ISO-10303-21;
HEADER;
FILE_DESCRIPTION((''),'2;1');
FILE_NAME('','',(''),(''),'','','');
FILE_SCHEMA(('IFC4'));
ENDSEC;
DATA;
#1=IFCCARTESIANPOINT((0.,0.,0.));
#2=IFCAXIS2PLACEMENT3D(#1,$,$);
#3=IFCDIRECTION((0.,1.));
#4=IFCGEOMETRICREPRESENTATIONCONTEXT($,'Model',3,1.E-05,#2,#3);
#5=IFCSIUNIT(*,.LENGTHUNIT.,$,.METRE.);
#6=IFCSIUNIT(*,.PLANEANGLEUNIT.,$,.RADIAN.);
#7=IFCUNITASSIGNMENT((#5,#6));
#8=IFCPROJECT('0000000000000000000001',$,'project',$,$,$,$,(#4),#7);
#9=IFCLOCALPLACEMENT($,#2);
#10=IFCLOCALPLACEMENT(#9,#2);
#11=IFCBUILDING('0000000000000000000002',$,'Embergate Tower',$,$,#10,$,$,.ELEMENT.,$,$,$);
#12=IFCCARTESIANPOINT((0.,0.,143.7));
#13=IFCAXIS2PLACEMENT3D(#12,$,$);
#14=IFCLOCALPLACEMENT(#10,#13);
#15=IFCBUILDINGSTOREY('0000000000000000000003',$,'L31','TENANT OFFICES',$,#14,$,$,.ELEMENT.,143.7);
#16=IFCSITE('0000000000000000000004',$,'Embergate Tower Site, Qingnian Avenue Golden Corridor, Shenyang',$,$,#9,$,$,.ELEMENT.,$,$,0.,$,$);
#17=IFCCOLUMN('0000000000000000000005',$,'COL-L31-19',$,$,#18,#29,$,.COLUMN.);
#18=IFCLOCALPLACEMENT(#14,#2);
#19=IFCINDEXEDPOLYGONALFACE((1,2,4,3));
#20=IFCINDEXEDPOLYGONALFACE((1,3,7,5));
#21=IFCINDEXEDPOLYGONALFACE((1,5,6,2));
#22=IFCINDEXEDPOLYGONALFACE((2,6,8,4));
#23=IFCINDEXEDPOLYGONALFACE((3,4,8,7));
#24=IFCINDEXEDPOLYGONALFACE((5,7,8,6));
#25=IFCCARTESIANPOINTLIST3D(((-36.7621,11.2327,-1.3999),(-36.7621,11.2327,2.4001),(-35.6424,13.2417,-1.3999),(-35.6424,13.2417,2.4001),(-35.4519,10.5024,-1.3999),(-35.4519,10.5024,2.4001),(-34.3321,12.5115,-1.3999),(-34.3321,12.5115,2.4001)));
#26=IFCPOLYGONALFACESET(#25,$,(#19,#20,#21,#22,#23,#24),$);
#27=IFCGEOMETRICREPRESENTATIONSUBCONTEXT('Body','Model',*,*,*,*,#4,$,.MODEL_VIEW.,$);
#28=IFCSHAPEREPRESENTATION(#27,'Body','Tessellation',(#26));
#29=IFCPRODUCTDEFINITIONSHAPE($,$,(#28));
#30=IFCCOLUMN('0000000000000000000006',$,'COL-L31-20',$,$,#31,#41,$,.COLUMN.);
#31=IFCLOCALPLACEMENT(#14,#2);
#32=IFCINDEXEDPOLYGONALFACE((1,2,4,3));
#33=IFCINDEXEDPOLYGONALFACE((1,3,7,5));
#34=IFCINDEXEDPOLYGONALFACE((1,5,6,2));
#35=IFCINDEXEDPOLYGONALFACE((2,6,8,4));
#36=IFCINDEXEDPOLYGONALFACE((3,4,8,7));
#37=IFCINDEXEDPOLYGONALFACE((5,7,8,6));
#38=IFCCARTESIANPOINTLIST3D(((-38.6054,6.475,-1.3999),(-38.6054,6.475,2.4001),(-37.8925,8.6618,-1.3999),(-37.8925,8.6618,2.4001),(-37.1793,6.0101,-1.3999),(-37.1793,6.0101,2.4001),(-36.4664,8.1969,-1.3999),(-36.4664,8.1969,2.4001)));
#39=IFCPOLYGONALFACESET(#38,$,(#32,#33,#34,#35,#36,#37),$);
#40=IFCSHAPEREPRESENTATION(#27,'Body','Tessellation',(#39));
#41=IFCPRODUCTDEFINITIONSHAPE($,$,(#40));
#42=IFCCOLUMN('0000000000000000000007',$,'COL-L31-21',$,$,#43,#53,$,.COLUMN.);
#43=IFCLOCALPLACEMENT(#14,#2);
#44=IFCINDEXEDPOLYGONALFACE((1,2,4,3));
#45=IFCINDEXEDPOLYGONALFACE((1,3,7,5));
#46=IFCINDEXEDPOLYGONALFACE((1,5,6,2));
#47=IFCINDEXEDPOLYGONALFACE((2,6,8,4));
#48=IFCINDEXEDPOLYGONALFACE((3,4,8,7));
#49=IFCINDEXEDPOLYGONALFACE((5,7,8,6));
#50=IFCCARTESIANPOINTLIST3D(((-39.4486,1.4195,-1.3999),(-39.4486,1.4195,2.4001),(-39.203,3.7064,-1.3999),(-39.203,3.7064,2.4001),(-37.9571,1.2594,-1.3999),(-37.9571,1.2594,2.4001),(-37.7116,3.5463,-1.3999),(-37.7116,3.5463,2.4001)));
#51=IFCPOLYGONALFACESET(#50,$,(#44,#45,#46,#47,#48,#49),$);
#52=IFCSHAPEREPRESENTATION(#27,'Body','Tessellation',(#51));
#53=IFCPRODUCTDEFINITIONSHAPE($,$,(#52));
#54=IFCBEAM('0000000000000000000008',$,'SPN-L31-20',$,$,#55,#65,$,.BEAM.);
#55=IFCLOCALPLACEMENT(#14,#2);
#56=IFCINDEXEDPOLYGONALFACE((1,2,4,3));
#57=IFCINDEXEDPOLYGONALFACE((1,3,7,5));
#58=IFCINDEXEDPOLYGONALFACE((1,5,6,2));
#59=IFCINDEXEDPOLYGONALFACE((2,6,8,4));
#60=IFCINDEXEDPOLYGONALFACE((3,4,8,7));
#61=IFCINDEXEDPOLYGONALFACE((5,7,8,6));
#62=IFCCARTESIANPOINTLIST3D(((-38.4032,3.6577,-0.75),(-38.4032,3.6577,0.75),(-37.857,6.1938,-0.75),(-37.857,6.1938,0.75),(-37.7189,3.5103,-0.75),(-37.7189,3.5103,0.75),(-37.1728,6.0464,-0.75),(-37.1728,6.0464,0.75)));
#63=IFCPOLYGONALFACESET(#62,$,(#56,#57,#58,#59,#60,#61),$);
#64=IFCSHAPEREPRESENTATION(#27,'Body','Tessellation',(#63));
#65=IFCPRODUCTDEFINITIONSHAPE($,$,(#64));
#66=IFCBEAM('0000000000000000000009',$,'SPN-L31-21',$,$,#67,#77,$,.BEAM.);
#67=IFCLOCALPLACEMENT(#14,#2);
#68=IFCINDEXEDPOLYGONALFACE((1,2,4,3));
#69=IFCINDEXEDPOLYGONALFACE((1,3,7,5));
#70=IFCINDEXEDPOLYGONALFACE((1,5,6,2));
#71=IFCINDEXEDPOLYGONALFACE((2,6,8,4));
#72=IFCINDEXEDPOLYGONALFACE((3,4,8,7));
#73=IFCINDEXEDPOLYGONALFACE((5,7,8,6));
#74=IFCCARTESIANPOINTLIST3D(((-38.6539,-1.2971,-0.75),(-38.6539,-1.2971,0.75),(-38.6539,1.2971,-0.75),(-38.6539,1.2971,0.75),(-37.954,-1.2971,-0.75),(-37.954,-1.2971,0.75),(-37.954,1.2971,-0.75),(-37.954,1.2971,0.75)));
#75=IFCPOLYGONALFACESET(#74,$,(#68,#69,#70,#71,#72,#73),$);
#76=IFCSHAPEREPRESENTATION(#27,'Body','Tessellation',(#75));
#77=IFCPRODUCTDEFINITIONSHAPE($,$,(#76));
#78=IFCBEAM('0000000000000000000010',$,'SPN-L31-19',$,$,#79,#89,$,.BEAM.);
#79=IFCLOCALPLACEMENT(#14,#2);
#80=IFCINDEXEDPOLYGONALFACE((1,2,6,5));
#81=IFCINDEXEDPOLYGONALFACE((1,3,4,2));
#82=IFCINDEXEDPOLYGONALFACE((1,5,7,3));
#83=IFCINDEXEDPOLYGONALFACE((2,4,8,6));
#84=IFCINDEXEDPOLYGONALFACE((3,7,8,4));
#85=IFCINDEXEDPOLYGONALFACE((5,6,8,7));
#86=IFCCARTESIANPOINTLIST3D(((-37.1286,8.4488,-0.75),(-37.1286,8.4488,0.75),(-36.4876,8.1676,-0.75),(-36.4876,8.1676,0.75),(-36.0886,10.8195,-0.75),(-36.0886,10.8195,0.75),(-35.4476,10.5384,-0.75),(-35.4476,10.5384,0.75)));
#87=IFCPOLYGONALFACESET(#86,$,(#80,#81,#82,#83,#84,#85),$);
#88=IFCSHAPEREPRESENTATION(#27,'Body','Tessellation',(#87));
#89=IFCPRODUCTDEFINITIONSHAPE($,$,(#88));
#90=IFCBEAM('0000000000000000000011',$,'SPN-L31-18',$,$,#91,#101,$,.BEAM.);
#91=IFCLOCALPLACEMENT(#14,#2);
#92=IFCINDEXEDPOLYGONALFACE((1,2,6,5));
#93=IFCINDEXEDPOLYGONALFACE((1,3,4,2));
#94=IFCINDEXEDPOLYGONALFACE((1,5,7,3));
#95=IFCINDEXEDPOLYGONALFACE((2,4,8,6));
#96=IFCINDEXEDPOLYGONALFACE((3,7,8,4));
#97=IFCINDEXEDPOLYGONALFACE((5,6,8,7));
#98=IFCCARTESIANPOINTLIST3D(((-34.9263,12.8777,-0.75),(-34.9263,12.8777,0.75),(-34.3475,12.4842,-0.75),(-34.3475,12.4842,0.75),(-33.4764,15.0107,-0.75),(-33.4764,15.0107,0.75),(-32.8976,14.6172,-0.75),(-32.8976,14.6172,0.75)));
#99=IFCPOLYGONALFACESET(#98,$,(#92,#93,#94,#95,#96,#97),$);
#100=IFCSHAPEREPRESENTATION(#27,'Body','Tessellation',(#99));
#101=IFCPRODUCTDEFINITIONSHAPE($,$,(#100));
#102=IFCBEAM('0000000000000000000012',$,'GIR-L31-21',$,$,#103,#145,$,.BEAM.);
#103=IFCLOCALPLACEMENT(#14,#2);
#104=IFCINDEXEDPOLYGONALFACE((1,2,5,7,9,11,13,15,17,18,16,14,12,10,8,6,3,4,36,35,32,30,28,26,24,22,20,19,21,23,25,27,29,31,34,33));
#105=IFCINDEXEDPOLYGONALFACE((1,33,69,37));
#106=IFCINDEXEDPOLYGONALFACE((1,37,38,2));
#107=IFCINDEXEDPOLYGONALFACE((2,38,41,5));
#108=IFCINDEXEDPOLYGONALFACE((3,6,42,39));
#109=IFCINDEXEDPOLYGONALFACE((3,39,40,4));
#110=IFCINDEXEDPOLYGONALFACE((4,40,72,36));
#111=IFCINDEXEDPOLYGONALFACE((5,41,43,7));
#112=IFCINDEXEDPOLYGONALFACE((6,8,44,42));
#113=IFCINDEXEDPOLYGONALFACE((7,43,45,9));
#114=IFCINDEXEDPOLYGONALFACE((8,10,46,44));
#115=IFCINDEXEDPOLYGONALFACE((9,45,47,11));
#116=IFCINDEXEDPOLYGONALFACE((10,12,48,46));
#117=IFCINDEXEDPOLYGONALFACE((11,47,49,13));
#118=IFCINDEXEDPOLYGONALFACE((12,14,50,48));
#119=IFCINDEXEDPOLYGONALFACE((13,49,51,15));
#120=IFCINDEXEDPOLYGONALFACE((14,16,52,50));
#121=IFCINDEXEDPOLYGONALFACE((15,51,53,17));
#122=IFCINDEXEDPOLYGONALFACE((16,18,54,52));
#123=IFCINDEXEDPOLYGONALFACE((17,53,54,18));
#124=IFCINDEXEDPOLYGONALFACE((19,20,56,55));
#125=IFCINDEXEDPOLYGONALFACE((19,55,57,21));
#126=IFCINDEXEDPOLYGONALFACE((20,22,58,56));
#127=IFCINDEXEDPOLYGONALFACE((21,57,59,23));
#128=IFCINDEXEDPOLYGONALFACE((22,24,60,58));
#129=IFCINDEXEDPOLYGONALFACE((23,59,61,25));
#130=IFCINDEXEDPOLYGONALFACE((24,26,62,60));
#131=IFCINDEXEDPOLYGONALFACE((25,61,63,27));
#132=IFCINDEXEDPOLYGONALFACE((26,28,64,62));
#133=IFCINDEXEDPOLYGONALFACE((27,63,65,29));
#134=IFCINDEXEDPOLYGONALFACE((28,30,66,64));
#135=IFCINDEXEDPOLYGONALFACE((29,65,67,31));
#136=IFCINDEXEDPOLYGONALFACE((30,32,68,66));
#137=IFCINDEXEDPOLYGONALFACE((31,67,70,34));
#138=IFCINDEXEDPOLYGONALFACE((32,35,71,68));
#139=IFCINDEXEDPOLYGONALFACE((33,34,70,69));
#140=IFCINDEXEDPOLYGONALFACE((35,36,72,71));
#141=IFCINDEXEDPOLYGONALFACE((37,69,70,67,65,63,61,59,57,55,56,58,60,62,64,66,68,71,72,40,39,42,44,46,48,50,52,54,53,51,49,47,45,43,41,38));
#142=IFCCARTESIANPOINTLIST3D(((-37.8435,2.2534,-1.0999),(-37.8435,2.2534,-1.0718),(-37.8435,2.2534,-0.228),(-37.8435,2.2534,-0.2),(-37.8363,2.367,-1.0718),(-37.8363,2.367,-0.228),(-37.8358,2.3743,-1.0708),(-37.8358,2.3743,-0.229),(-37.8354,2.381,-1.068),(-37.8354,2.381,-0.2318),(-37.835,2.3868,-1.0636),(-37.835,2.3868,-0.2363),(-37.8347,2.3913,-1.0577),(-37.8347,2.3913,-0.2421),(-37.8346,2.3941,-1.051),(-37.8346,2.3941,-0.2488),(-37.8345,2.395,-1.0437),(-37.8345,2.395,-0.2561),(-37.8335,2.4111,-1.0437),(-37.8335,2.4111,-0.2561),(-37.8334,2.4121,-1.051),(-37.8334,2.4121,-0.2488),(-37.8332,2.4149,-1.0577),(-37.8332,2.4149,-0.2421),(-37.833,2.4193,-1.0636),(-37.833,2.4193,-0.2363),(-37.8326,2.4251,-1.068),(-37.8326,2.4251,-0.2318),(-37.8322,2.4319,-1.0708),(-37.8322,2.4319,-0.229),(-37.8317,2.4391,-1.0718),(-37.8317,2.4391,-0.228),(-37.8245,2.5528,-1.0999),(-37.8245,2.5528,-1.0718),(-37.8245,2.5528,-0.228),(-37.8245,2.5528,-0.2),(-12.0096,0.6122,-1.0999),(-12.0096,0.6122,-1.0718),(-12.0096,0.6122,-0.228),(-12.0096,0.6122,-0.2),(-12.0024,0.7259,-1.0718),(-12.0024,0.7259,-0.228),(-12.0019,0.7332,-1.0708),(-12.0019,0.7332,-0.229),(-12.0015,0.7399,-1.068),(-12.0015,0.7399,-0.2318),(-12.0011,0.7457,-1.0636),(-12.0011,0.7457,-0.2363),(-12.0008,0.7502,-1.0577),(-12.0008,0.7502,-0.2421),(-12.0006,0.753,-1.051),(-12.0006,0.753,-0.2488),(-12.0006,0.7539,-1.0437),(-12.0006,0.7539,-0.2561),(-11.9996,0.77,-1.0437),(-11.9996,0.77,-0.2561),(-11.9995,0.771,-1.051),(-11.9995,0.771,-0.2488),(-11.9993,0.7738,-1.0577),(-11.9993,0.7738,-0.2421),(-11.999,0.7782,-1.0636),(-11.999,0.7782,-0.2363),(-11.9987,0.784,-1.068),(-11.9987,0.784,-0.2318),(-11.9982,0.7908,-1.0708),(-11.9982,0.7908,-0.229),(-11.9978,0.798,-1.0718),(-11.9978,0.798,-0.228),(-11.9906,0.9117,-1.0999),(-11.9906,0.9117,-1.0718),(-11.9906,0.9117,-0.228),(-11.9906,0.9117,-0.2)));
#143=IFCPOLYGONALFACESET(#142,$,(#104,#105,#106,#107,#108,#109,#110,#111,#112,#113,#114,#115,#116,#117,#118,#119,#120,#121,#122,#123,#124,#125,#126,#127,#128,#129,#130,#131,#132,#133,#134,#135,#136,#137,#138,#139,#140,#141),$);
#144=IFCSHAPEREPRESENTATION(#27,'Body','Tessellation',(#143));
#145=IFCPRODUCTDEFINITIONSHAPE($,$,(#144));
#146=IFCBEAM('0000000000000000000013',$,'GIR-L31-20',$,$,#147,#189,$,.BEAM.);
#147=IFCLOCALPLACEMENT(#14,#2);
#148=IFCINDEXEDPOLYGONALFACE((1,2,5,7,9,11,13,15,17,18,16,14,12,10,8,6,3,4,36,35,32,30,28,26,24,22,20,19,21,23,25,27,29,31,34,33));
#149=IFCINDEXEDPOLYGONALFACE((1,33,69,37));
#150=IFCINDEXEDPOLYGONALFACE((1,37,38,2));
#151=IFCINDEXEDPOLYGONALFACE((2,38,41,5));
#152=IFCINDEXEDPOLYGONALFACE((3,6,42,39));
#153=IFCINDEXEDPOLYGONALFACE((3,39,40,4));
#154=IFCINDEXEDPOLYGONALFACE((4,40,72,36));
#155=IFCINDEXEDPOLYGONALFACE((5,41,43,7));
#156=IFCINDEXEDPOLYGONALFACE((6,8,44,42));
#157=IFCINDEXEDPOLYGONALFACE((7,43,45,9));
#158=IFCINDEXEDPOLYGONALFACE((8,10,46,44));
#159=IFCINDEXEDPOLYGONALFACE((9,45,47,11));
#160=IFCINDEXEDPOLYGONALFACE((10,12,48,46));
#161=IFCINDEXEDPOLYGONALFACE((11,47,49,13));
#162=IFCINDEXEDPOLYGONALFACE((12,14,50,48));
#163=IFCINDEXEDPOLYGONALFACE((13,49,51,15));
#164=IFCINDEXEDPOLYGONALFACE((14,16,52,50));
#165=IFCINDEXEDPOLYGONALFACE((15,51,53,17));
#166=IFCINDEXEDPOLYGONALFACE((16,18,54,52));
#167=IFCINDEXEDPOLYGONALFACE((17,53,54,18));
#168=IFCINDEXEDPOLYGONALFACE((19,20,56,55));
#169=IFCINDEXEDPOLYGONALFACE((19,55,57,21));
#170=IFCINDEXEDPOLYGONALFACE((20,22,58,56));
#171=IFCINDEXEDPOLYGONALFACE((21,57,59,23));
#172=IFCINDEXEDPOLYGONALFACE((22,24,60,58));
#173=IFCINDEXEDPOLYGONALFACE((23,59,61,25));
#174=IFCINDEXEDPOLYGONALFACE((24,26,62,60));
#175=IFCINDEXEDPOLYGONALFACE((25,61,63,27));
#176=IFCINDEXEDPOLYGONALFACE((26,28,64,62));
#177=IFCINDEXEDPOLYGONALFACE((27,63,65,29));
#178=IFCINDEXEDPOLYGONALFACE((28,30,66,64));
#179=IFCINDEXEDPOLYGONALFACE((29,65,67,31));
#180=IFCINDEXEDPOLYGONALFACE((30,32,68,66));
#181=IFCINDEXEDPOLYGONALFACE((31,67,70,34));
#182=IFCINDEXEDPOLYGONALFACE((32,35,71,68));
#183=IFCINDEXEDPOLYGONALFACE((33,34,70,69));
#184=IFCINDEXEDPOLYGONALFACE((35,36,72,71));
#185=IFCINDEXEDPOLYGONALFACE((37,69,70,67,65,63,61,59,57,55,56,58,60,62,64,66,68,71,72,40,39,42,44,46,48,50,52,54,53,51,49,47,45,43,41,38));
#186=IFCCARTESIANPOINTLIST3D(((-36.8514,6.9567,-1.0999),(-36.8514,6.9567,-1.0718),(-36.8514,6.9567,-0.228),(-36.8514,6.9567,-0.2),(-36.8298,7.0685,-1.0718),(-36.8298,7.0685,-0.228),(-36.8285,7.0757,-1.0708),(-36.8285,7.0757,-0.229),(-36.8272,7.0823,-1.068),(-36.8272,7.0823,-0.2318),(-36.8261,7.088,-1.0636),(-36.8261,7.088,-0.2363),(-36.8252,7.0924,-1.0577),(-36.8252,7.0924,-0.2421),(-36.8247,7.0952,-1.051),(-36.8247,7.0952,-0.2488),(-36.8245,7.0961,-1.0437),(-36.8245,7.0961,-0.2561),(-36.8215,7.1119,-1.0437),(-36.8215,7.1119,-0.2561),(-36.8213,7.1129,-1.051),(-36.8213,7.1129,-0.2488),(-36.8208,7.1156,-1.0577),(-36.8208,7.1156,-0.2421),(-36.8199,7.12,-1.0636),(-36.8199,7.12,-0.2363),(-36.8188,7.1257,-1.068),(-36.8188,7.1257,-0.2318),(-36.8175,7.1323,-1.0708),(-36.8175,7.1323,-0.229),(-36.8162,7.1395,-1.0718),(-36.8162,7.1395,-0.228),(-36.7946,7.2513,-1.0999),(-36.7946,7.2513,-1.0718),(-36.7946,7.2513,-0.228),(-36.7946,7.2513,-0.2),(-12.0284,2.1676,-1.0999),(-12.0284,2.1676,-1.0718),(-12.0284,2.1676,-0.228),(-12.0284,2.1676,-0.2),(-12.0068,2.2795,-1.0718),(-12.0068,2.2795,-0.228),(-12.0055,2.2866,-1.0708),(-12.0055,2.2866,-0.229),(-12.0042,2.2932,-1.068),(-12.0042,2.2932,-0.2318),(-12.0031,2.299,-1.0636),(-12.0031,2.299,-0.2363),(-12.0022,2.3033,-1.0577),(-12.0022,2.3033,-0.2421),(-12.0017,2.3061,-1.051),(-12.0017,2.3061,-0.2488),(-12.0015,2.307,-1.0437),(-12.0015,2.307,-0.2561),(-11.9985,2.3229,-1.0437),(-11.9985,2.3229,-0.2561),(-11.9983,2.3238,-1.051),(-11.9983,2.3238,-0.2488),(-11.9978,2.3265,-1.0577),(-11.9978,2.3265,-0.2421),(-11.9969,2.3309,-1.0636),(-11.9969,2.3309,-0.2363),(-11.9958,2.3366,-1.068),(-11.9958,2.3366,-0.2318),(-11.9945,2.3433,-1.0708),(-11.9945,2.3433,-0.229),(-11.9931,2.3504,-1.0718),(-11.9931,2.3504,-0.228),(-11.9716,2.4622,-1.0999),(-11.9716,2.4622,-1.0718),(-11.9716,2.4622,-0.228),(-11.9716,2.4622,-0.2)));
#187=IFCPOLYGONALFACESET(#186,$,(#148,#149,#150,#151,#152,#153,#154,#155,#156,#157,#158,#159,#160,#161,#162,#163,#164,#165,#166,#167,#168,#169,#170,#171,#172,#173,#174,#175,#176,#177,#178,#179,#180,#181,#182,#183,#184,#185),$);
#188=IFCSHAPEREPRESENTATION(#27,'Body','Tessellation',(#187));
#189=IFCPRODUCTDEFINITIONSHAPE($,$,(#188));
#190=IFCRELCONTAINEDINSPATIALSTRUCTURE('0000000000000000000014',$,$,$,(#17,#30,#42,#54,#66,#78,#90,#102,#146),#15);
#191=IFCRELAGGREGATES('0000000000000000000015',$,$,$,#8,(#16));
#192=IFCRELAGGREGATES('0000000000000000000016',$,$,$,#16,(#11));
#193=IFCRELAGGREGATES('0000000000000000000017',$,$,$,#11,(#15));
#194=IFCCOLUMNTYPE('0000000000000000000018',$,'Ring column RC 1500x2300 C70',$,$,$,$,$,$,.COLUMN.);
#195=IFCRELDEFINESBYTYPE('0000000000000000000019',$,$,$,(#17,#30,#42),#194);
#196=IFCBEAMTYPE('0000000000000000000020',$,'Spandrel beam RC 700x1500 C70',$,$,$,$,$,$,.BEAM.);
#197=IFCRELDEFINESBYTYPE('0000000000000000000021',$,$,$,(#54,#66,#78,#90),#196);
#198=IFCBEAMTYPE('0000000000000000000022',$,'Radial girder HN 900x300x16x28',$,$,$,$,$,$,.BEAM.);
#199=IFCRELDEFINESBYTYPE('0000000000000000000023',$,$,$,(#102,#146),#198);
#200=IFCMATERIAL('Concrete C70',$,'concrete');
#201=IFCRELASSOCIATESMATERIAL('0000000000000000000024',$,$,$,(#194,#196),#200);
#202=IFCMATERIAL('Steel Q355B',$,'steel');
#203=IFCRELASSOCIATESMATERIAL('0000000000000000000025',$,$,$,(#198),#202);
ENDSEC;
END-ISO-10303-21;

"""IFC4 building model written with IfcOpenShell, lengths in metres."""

from ifc_helpers import new_model, si_unit, direction, frame, origin, origin_2d, place, context, subcontext, project, spatial, rectangle, i_section, extrude, source, transform, mapped, material, material_profile, profile_set, type_object, element, save


model = new_model("IFC4")

# Units and contexts
model_context = context("Model", 3, precision=1e-05, world=origin(), true_north=direction((0.0, 1.0)))
body_context = subcontext(model_context, "Body", "Model", "MODEL_VIEW")
ifc_project = project(units=[si_unit("LENGTHUNIT", "METRE"), si_unit("PLANEANGLEUNIT", "RADIAN")], contexts=[model_context])

# Site, building, storey
site_placement = place(None, origin())
site = spatial("IfcSite", under=ifc_project, at=site_placement, Name="Embergate Tower Site, Qingnian Avenue Golden Corridor, Shenyang", CompositionType="ELEMENT", RefElevation=0.0)
building_placement = place(site_placement, origin())
building = spatial("IfcBuilding", under=site, at=building_placement, Name="Embergate Tower", CompositionType="ELEMENT")
storey_placement = place(building_placement, frame((0.0, 0.0, 143.7)))
storey = spatial("IfcBuildingStorey", under=building, at=storey_placement, Name="L31", Description="TENANT OFFICES", CompositionType="ELEMENT", Elevation=143.7)

# Columns
ifc_material_1 = material(Name="Concrete C70", Category="concrete")
ifc_material_profile_1 = material_profile(ifc_material_1, rectangle(XDim=1.5, YDim=2.3, at=origin_2d()), Name="RC 1500x2300")
ifc_profile_set_1 = profile_set([ifc_material_profile_1], Name="Concrete C70")
column_type = type_object("IfcColumnType", Name="Ring column RC 1500x2300 C70", PredefinedType="COLUMN", material=ifc_profile_set_1)
shared_shape_1 = source(origin(), body_context, "Body", "SweptSolid", [
    extrude(rectangle(XDim=1.5, YDim=2.3, at=origin_2d()), origin(), (0.0, 0.0, 1.0), 3.8),
])
for number, where, z_axis, x_axis, name in (
    (1, (-35.5471, 11.8721, -1.3999), (0.0, 0.0, 1.0), (-0.873492, 0.486839, 0.0), "COL-L31-19"),
    (2, (-37.5359, 7.3359, -1.3999), (0.0, 0.0, 1.0), (-0.950754, 0.309946, 0.0), "COL-L31-20"),
    (3, (-38.5801, 2.4829, -1.3999), (0.0, 0.0, 1.0), (-0.994286, 0.10675, 0.0), "COL-L31-21"),
):
    element("IfcColumn", number, at=place(storey_placement, frame(where, z_axis=z_axis, x_axis=x_axis)), inside=storey, type_object=column_type, Name=name, PredefinedType="COLUMN", context=body_context, shape_type="MappedRepresentation", body=[
        mapped(shared_shape_1, transform((0.0, 0.0, 0.0))),
    ])

# Beams
ifc_material_profile_2 = material_profile(ifc_material_1, rectangle(XDim=0.7, YDim=1.5, at=origin_2d()), Name="RC 700x1500")
ifc_profile_set_2 = profile_set([ifc_material_profile_2], Name="Concrete C70")
beam_type_1 = type_object("IfcBeamType", Name="Spandrel beam RC 700x1500 C70", PredefinedType="BEAM", material=ifc_profile_set_2)
shared_shape_2 = source(origin(), body_context, "Body", "SweptSolid", [
    extrude(rectangle(XDim=0.7, YDim=1.5, at=origin_2d()), origin(), (0.0, 0.0, 1.0), 2.5942),
])
for number, where, z_axis, x_axis, name in (
    (4, (-37.5149, 6.1201, 0.0), (-0.210519, -0.97759, 0.0), (0.97759, -0.210519, 0.0), "SPN-L31-20"),
    (5, (-38.304, 1.2971, 0.0), (0.0, -1.0, 0.0), (1.0, 0.0, 0.0), "SPN-L31-21"),
):
    element("IfcBeam", number, at=place(storey_placement, frame(where, z_axis=z_axis, x_axis=x_axis)), inside=storey, type_object=beam_type_1, Name=name, PredefinedType="BEAM", context=body_context, shape_type="MappedRepresentation", body=[
        mapped(shared_shape_2, transform((0.0, 0.0, 0.0))),
    ])
shared_shape_3 = source(origin(), body_context, "Body", "SweptSolid", [
    extrude(rectangle(XDim=0.7, YDim=1.5, at=origin_2d()), origin(), (0.0, 0.0, 1.0), 2.5889),
])
beam_1_placement = place(storey_placement, frame((-35.7681, 10.679, 0.0), z_axis=(-0.401724, -0.915761, 0.0), x_axis=(0.915761, -0.401724, 0.0)))
element("IfcBeam", 6, at=beam_1_placement, inside=storey, type_object=beam_type_1, Name="SPN-L31-19", PredefinedType="BEAM", context=body_context, shape_type="MappedRepresentation", body=[
    mapped(shared_shape_3, transform((0.0, 0.0, 0.0))),
])
shared_shape_4 = source(origin(), body_context, "Body", "SweptSolid", [
    extrude(rectangle(XDim=0.7, YDim=1.5, at=origin_2d()), origin(), (0.0, 0.0, 1.0), 2.5791),
])
beam_2_placement = place(storey_placement, frame((-33.187, 14.814, 0.0), z_axis=(-0.56217, -0.827022, 0.0), x_axis=(0.827022, -0.56217, 0.0)))
element("IfcBeam", 7, at=beam_2_placement, inside=storey, type_object=beam_type_1, Name="SPN-L31-18", PredefinedType="BEAM", context=body_context, shape_type="MappedRepresentation", body=[
    mapped(shared_shape_4, transform((0.0, 0.0, 0.0))),
])
ifc_material_2 = material(Name="Steel Q355B", Category="steel")
ifc_material_profile_3 = material_profile(ifc_material_2, i_section(OverallWidth=0.3, OverallDepth=0.8999, WebThickness=0.0161, FlangeThickness=0.0281, FilletRadius=0.0281, at=origin_2d()), Name="HN 900x300x16x28")
ifc_profile_set_3 = profile_set([ifc_material_profile_3], Name="Steel Q355 grade B")
beam_type_2 = type_object("IfcBeamType", Name="Radial girder HN 900x300x16x28", PredefinedType="BEAM", material=ifc_profile_set_3)
shared_shape_5 = source(origin(), body_context, "Body", "SweptSolid", [
    extrude(i_section(OverallWidth=0.3, OverallDepth=0.8999, WebThickness=0.0161, FlangeThickness=0.0281, FilletRadius=0.0281, at=origin_2d()), origin(), (0.0, 0.0, 1.0), 25.886),
])
beam_3_placement = place(storey_placement, frame((-37.834, 2.4031, -0.6499), z_axis=(0.997988, -0.063398, 0.0), x_axis=(0.063398, 0.997988, 0.0)))
element("IfcBeam", 8, at=beam_3_placement, inside=storey, type_object=beam_type_2, Name="GIR-L31-21", PredefinedType="BEAM", context=body_context, shape_type="MappedRepresentation", body=[
    mapped(shared_shape_5, transform((0.0, 0.0, 0.0))),
])
shared_shape_6 = source(origin(), body_context, "Body", "SweptSolid", [
    extrude(i_section(OverallWidth=0.3, OverallDepth=0.8999, WebThickness=0.0161, FlangeThickness=0.0281, FilletRadius=0.0281, at=origin_2d()), origin(), (0.0, 0.0, 1.0), 25.2808),
])
beam_4_placement = place(storey_placement, frame((-36.823, 7.104, -0.6499), z_axis=(0.981893, -0.189435, 0.0), x_axis=(0.189435, 0.981893, 0.0)))
element("IfcBeam", 9, at=beam_4_placement, inside=storey, type_object=beam_type_2, Name="GIR-L31-20", PredefinedType="BEAM", context=body_context, shape_type="MappedRepresentation", body=[
    mapped(shared_shape_6, transform((0.0, 0.0, 0.0))),
])

save(model, "model.ifc")
